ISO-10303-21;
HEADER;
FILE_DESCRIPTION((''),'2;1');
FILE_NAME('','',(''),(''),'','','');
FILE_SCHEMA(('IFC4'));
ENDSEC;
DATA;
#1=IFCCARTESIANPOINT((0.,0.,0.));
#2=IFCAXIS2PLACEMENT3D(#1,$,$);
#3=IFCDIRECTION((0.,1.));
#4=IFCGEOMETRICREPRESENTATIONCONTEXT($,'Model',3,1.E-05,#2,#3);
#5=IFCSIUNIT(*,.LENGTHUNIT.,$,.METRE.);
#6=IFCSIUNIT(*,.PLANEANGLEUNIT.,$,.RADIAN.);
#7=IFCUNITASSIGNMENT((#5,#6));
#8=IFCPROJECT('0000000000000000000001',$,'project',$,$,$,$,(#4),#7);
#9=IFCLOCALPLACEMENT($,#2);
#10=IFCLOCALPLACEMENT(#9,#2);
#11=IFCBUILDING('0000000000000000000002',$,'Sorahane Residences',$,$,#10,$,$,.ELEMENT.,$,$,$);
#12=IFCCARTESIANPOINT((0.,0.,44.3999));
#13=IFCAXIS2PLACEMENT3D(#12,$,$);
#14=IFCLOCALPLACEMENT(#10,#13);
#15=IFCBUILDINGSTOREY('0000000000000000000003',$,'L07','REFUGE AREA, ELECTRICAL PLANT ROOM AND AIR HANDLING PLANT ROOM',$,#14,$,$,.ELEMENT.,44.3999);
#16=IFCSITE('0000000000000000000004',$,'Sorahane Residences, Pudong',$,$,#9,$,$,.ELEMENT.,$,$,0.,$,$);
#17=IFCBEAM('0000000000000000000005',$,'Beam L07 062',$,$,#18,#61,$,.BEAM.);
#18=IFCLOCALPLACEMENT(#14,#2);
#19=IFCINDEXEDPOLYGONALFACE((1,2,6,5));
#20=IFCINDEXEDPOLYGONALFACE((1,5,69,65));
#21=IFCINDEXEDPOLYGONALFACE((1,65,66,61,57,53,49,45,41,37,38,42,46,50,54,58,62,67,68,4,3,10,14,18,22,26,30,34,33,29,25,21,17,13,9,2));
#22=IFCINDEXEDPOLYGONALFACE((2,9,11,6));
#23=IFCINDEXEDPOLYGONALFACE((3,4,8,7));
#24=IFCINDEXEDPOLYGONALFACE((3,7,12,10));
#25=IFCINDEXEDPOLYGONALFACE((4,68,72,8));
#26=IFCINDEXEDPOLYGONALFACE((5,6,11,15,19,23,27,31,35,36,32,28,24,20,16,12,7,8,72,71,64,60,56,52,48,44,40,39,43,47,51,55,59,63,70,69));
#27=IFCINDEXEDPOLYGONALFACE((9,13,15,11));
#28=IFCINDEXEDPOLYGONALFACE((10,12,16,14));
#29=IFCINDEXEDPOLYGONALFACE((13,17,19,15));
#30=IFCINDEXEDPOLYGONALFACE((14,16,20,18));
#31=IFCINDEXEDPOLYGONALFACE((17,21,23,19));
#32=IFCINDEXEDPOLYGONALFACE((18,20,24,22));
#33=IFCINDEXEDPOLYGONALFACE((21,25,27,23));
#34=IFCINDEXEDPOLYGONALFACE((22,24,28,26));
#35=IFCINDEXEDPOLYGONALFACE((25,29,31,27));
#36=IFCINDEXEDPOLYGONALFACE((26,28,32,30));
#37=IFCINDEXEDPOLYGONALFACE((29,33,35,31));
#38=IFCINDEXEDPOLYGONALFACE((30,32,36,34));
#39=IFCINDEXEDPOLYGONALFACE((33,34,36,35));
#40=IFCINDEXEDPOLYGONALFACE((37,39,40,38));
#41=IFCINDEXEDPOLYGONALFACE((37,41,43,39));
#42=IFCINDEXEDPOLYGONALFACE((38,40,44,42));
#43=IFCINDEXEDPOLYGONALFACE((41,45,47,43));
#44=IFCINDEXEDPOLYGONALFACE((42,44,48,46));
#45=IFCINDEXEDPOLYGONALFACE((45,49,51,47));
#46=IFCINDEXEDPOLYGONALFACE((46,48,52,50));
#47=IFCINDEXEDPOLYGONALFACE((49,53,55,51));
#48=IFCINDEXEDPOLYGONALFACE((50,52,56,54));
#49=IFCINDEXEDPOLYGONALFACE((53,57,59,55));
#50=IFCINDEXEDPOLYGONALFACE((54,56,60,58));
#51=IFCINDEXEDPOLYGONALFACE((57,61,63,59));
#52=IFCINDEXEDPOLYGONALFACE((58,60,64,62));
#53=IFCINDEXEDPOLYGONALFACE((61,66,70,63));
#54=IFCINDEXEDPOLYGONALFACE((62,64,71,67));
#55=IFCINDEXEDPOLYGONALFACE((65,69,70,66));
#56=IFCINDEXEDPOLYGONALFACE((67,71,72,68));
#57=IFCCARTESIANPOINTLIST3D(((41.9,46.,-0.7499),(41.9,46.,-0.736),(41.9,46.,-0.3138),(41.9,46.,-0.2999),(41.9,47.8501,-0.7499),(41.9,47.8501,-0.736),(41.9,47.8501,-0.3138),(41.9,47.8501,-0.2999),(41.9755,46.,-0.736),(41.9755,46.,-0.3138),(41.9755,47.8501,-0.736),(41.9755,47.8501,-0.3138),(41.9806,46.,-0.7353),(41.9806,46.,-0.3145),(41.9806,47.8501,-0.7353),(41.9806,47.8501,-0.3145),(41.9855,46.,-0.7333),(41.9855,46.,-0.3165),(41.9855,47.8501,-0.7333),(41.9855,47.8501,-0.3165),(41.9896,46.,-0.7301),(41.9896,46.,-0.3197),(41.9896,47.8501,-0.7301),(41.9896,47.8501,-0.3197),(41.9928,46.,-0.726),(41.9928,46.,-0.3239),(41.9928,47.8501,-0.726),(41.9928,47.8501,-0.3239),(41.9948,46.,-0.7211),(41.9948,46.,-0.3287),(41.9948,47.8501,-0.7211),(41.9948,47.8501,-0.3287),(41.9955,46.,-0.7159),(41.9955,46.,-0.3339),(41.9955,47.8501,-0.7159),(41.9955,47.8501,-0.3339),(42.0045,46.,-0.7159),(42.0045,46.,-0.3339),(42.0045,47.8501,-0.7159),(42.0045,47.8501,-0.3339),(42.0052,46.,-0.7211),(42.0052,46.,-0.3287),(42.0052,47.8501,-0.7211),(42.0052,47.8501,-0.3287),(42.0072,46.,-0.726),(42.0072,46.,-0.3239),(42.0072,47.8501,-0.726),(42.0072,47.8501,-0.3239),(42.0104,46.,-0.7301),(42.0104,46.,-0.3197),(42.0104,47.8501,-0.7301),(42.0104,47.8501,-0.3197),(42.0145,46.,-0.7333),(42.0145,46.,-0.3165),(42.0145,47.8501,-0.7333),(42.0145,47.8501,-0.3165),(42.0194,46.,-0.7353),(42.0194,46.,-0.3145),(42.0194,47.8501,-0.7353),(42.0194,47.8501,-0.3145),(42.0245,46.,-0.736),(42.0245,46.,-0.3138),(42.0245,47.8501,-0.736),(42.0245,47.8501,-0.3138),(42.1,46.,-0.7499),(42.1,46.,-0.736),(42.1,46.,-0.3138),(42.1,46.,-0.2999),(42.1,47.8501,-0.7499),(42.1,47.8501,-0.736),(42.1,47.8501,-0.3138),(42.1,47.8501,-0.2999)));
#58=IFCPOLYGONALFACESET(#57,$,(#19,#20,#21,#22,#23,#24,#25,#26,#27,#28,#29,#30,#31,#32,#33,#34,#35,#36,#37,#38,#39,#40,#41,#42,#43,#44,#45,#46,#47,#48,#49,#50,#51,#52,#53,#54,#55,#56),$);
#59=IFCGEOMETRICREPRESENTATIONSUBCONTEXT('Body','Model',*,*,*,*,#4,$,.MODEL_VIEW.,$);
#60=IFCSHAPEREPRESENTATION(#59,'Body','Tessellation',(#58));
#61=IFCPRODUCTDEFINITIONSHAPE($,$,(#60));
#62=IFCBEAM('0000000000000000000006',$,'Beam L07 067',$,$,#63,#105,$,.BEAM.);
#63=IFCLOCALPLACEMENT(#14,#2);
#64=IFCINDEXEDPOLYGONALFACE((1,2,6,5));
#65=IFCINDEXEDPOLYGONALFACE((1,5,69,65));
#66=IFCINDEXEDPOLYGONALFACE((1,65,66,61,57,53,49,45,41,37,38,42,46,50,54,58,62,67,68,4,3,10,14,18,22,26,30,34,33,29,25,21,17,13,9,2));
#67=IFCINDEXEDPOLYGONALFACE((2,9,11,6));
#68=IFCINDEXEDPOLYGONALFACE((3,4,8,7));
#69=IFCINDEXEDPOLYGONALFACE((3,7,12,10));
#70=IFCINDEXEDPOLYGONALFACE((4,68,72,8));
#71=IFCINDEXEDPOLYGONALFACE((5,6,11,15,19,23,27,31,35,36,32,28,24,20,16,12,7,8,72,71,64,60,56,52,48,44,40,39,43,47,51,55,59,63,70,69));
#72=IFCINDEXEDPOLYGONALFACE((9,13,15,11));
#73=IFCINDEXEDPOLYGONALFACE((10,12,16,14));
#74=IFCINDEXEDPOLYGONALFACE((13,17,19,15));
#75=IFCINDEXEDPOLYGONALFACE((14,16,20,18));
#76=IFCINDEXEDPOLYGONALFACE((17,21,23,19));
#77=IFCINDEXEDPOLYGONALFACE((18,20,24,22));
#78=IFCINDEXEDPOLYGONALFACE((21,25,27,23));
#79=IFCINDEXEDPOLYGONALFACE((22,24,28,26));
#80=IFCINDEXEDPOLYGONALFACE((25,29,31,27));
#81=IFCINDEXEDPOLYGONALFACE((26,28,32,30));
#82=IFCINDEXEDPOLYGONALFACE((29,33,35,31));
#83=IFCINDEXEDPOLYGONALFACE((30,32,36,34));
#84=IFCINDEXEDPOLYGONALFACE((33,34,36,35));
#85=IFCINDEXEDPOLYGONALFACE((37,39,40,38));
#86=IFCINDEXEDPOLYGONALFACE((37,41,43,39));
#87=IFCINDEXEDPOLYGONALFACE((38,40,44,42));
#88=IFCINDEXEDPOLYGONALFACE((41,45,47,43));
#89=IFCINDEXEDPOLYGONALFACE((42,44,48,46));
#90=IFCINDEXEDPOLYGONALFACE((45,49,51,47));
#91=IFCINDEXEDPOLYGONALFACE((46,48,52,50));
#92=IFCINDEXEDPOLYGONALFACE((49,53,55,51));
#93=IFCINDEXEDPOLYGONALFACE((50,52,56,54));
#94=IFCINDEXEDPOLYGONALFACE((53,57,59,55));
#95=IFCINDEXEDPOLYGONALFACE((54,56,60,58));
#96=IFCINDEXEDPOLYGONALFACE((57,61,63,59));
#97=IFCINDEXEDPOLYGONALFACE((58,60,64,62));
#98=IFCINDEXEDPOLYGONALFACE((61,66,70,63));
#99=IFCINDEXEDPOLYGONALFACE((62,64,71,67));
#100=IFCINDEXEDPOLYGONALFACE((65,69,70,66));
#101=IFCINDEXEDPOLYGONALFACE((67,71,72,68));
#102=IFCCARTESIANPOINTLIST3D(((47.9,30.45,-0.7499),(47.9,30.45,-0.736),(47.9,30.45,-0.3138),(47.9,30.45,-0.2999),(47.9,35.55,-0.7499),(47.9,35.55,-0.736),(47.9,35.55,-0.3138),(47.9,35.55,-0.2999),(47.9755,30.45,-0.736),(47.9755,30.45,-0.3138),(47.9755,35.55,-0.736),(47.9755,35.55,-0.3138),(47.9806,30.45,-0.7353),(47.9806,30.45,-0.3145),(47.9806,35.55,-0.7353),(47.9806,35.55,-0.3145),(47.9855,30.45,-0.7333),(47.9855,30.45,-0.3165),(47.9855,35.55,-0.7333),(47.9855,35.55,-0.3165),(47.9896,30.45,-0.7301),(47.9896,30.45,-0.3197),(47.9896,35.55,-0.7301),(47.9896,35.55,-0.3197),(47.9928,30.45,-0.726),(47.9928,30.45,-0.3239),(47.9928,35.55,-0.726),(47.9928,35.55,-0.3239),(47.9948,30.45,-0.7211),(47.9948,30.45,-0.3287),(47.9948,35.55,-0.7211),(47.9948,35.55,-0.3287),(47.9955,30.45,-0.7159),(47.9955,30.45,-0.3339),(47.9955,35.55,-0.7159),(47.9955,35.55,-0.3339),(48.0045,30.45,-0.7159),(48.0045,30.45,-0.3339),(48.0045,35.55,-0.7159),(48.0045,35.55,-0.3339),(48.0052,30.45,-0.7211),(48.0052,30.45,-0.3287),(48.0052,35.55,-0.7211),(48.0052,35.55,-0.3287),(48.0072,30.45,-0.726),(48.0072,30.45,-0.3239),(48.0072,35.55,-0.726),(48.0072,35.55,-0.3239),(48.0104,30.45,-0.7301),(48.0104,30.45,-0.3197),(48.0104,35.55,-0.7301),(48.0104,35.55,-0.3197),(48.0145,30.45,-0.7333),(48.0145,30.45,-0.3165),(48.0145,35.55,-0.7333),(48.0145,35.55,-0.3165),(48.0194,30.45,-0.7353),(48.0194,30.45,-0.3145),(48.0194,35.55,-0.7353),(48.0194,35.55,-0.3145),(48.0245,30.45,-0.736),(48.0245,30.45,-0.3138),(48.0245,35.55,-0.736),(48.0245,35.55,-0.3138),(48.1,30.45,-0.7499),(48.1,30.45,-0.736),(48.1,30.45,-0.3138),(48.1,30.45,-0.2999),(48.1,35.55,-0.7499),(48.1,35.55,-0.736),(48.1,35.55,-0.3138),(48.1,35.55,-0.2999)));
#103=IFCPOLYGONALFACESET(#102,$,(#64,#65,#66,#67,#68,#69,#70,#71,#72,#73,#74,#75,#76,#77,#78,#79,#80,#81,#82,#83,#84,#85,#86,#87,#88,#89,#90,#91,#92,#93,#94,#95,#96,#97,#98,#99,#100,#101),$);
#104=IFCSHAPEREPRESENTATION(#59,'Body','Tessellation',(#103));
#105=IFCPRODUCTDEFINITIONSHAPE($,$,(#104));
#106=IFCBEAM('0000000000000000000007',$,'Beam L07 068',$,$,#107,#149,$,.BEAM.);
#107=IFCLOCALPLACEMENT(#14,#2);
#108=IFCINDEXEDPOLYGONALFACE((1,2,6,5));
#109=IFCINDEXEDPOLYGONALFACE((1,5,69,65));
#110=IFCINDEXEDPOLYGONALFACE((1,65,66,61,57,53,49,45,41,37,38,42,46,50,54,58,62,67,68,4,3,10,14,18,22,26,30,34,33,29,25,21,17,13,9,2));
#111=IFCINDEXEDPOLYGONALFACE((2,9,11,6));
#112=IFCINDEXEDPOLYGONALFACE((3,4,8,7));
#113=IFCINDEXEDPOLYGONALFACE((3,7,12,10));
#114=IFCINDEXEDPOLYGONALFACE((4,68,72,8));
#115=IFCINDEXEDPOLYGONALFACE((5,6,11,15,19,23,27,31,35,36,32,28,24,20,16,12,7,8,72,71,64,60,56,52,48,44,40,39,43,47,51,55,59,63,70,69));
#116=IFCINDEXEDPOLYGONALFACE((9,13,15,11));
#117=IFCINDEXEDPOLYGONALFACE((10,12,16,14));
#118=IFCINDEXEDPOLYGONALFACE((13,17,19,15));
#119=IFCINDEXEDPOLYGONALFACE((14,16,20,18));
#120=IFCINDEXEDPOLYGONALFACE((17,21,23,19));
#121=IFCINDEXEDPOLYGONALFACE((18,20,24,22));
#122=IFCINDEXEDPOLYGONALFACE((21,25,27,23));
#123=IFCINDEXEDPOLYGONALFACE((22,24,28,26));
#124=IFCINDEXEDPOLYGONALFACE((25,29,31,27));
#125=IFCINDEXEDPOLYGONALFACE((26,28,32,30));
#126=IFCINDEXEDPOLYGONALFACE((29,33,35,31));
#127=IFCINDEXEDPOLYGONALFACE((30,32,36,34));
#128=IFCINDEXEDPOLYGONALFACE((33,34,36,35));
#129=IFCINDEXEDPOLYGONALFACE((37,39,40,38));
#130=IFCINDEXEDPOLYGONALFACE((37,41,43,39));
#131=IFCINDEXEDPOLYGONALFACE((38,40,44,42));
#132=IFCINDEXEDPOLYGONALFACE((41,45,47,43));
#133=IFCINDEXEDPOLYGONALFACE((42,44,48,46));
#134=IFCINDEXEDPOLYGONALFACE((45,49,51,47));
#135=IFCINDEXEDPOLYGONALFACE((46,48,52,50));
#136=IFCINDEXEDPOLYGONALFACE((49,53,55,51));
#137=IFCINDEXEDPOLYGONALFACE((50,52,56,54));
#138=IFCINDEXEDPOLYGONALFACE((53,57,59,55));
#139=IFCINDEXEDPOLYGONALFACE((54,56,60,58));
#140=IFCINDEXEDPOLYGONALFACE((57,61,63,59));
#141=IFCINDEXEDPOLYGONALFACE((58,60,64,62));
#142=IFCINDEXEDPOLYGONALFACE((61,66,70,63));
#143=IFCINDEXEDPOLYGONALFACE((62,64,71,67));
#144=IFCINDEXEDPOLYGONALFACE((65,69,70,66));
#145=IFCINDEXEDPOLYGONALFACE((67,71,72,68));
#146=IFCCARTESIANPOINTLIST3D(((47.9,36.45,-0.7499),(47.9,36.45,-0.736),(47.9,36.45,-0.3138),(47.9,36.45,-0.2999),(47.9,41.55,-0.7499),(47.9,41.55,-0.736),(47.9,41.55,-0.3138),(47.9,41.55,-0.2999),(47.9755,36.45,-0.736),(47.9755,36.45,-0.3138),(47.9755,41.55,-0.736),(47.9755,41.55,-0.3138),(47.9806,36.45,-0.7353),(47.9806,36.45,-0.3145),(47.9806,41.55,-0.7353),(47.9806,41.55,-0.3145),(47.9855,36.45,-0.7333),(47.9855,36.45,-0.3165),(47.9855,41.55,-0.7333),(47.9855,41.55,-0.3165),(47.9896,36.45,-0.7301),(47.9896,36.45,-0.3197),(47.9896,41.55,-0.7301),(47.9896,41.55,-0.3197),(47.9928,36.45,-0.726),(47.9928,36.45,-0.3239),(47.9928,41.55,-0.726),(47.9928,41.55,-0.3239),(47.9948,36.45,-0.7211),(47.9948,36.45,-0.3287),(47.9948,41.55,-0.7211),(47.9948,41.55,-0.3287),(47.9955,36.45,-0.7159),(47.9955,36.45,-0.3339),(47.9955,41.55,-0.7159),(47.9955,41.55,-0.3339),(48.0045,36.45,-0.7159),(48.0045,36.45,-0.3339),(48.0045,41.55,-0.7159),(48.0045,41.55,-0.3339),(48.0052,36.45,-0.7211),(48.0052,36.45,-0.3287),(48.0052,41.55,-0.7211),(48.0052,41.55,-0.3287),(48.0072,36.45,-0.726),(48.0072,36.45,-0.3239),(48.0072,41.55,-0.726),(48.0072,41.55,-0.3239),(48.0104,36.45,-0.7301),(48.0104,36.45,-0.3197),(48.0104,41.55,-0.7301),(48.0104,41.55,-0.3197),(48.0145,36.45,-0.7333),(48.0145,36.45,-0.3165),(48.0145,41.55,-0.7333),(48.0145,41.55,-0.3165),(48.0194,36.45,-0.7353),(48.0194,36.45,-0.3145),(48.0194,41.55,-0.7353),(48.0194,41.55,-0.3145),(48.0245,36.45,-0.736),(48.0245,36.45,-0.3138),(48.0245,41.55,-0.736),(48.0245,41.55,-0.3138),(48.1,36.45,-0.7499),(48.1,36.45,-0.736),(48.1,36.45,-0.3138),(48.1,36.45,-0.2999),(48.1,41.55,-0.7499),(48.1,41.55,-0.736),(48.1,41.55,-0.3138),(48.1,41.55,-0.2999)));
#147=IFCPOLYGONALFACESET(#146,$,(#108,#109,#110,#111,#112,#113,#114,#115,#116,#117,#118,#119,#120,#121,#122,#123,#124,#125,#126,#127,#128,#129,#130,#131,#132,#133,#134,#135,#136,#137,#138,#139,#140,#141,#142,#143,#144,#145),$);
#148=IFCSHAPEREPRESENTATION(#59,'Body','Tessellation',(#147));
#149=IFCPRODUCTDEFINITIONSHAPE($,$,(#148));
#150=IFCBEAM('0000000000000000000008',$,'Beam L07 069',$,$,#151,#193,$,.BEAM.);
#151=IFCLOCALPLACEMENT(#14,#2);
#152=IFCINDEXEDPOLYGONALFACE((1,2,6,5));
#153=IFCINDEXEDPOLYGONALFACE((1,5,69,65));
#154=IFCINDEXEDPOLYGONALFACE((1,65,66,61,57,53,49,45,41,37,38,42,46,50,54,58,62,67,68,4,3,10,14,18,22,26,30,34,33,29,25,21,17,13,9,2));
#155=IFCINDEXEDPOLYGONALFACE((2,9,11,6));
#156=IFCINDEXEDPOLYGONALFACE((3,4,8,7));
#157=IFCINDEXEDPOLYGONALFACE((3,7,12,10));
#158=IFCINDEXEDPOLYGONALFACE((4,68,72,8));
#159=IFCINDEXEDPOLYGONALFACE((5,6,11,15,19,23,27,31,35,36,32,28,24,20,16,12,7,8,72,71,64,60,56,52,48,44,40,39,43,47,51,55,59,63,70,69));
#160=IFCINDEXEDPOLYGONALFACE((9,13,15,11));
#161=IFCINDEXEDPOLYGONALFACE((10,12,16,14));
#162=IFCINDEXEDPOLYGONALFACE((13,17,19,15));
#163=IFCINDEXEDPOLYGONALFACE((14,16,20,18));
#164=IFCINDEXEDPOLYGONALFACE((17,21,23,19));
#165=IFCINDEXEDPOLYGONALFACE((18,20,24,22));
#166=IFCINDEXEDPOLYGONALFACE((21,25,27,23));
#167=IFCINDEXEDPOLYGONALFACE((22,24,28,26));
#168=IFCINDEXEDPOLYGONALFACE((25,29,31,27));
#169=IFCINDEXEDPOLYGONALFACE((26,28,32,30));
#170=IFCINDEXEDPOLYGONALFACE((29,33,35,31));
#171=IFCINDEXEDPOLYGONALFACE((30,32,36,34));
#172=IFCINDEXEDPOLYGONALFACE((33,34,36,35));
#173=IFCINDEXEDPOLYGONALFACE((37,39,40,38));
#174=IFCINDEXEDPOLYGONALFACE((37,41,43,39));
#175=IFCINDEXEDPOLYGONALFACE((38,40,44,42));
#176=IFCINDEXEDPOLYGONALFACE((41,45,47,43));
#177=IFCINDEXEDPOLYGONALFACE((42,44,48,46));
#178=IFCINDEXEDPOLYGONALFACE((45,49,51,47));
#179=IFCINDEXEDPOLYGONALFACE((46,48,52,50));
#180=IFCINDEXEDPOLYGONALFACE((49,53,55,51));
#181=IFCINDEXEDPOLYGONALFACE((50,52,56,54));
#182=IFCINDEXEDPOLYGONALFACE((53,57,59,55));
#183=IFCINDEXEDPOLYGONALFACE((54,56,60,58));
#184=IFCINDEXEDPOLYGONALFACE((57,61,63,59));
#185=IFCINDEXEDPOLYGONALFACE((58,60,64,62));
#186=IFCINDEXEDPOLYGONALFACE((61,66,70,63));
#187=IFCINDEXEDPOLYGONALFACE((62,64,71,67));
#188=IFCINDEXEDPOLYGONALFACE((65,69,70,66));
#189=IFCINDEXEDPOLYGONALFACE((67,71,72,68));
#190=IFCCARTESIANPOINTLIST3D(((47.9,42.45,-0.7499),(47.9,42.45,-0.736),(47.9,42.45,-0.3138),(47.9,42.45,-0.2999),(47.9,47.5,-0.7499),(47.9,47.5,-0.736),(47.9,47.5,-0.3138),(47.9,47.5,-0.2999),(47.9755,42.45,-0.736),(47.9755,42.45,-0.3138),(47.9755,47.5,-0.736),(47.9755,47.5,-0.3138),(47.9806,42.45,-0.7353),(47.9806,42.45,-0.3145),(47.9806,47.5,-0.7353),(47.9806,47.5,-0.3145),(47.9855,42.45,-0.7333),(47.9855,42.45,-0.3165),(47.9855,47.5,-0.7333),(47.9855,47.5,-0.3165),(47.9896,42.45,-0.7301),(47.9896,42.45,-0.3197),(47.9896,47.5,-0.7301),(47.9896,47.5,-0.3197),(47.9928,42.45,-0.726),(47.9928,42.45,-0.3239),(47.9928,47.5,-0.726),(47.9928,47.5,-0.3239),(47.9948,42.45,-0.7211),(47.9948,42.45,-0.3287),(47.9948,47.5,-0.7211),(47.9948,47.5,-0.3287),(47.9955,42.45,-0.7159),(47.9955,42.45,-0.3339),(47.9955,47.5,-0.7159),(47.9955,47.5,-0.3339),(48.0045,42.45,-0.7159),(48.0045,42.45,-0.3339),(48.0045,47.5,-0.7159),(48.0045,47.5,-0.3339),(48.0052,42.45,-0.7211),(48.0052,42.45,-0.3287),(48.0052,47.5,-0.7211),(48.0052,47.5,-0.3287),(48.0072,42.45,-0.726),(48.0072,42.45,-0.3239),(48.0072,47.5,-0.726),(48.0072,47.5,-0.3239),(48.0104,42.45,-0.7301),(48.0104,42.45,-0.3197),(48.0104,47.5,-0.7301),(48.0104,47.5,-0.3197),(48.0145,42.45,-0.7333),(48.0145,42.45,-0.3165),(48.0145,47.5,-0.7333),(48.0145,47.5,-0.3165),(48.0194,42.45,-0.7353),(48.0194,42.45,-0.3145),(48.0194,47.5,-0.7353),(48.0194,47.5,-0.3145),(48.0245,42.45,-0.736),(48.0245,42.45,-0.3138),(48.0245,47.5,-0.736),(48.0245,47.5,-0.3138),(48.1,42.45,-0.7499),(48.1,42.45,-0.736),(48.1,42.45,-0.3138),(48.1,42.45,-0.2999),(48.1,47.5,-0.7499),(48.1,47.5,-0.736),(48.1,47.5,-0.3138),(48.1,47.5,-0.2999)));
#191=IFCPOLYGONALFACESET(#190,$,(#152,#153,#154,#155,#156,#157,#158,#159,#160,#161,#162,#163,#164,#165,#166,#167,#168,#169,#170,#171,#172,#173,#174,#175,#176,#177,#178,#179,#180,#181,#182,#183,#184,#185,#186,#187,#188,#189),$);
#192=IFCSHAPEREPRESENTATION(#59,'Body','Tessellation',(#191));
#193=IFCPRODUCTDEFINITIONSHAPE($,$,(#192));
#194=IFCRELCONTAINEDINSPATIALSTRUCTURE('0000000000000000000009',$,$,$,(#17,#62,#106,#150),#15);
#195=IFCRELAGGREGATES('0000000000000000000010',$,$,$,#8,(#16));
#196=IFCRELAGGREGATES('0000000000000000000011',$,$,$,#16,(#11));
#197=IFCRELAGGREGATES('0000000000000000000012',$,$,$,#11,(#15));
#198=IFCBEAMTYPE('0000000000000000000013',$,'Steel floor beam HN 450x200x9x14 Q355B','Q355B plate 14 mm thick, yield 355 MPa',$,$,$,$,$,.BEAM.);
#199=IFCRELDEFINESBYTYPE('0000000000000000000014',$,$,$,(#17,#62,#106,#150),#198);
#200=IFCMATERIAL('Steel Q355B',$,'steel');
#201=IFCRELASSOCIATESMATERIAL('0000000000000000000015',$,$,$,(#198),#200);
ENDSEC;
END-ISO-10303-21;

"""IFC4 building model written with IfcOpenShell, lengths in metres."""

from ifc_helpers import new_model, si_unit, direction, frame, origin, origin_2d, place, context, subcontext, project, spatial, i_section, extrude, material, material_profile, profile_set, type_object, element, save


model = new_model("IFC4")

# Units and contexts
model_context = context("Model", 3, precision=1e-05, world=origin(), true_north=direction((0.0, 1.0)))
body_context = subcontext(model_context, "Body", "Model", "MODEL_VIEW")
ifc_project = project(units=[si_unit("LENGTHUNIT", "METRE"), si_unit("PLANEANGLEUNIT", "RADIAN")], contexts=[model_context])

# Site, building, storey
site_placement = place(None, origin())
site = spatial("IfcSite", under=ifc_project, at=site_placement, Name="Sorahane Residences, Pudong", CompositionType="ELEMENT", RefElevation=0.0)
building_placement = place(site_placement, origin())
building = spatial("IfcBuilding", under=site, at=building_placement, Name="Sorahane Residences", CompositionType="ELEMENT")
storey_placement = place(building_placement, frame((0.0, 0.0, 44.3999)))
storey = spatial("IfcBuildingStorey", under=building, at=storey_placement, Name="L07", Description="REFUGE AREA, ELECTRICAL PLANT ROOM AND AIR HANDLING PLANT ROOM", CompositionType="ELEMENT", Elevation=44.3999)

# Beams
ifc_material_1 = material(Name="Steel Q355B", Category="steel")
ifc_material_profile_1 = material_profile(ifc_material_1, i_section(OverallWidth=0.2, OverallDepth=0.45, WebThickness=0.009, FlangeThickness=0.0139, FilletRadius=0.02, at=origin_2d()), Name="HN 450x200x9x14")
ifc_profile_set_1 = profile_set([ifc_material_profile_1], Name="Steel Q355B")
beam_type_1 = type_object("IfcBeamType", Name="Steel floor beam HN 450x200x9x14 Q355B", Description="Q355B plate 14 mm thick, yield 355 MPa", PredefinedType="BEAM", material=ifc_profile_set_1)
beam_1_placement = place(storey_placement, frame((42.0, 46.0, -0.5249), z_axis=(0.0, 1.0, 0.0), x_axis=(-1.0, 0.0, 0.0)))
element("IfcBeam", 1, at=beam_1_placement, inside=storey, type_object=beam_type_1, Name="Beam L07 062", PredefinedType="BEAM", context=body_context, shape_type="SweptSolid", body=[
    extrude(i_section(OverallWidth=0.2, OverallDepth=0.45, WebThickness=0.009, FlangeThickness=0.0139, FilletRadius=0.02, at=origin_2d()), origin(), (0.0, 0.0, 1.0), 1.8501),
])
for number, where, z_axis, x_axis, name in (
    (2, (48.0, 30.45, -0.5249), (0.0, 1.0, 0.0), (-1.0, 0.0, 0.0), "Beam L07 067"),
    (3, (48.0, 36.45, -0.5249), (0.0, 1.0, 0.0), (-1.0, 0.0, 0.0), "Beam L07 068"),
):
    element("IfcBeam", number, at=place(storey_placement, frame(where, z_axis=z_axis, x_axis=x_axis)), inside=storey, type_object=beam_type_1, Name=name, PredefinedType="BEAM", context=body_context, shape_type="SweptSolid", body=[
        extrude(i_section(OverallWidth=0.2, OverallDepth=0.45, WebThickness=0.009, FlangeThickness=0.0139, FilletRadius=0.02, at=origin_2d()), origin(), (0.0, 0.0, 1.0), 5.1001),
    ])
beam_2_placement = place(storey_placement, frame((48.0, 42.45, -0.5249), z_axis=(0.0, 1.0, 0.0), x_axis=(-1.0, 0.0, 0.0)))
element("IfcBeam", 4, at=beam_2_placement, inside=storey, type_object=beam_type_1, Name="Beam L07 069", PredefinedType="BEAM", context=body_context, shape_type="SweptSolid", body=[
    extrude(i_section(OverallWidth=0.2, OverallDepth=0.45, WebThickness=0.009, FlangeThickness=0.0139, FilletRadius=0.02, at=origin_2d()), origin(), (0.0, 0.0, 1.0), 5.05),
])

save(model, "model.ifc")
